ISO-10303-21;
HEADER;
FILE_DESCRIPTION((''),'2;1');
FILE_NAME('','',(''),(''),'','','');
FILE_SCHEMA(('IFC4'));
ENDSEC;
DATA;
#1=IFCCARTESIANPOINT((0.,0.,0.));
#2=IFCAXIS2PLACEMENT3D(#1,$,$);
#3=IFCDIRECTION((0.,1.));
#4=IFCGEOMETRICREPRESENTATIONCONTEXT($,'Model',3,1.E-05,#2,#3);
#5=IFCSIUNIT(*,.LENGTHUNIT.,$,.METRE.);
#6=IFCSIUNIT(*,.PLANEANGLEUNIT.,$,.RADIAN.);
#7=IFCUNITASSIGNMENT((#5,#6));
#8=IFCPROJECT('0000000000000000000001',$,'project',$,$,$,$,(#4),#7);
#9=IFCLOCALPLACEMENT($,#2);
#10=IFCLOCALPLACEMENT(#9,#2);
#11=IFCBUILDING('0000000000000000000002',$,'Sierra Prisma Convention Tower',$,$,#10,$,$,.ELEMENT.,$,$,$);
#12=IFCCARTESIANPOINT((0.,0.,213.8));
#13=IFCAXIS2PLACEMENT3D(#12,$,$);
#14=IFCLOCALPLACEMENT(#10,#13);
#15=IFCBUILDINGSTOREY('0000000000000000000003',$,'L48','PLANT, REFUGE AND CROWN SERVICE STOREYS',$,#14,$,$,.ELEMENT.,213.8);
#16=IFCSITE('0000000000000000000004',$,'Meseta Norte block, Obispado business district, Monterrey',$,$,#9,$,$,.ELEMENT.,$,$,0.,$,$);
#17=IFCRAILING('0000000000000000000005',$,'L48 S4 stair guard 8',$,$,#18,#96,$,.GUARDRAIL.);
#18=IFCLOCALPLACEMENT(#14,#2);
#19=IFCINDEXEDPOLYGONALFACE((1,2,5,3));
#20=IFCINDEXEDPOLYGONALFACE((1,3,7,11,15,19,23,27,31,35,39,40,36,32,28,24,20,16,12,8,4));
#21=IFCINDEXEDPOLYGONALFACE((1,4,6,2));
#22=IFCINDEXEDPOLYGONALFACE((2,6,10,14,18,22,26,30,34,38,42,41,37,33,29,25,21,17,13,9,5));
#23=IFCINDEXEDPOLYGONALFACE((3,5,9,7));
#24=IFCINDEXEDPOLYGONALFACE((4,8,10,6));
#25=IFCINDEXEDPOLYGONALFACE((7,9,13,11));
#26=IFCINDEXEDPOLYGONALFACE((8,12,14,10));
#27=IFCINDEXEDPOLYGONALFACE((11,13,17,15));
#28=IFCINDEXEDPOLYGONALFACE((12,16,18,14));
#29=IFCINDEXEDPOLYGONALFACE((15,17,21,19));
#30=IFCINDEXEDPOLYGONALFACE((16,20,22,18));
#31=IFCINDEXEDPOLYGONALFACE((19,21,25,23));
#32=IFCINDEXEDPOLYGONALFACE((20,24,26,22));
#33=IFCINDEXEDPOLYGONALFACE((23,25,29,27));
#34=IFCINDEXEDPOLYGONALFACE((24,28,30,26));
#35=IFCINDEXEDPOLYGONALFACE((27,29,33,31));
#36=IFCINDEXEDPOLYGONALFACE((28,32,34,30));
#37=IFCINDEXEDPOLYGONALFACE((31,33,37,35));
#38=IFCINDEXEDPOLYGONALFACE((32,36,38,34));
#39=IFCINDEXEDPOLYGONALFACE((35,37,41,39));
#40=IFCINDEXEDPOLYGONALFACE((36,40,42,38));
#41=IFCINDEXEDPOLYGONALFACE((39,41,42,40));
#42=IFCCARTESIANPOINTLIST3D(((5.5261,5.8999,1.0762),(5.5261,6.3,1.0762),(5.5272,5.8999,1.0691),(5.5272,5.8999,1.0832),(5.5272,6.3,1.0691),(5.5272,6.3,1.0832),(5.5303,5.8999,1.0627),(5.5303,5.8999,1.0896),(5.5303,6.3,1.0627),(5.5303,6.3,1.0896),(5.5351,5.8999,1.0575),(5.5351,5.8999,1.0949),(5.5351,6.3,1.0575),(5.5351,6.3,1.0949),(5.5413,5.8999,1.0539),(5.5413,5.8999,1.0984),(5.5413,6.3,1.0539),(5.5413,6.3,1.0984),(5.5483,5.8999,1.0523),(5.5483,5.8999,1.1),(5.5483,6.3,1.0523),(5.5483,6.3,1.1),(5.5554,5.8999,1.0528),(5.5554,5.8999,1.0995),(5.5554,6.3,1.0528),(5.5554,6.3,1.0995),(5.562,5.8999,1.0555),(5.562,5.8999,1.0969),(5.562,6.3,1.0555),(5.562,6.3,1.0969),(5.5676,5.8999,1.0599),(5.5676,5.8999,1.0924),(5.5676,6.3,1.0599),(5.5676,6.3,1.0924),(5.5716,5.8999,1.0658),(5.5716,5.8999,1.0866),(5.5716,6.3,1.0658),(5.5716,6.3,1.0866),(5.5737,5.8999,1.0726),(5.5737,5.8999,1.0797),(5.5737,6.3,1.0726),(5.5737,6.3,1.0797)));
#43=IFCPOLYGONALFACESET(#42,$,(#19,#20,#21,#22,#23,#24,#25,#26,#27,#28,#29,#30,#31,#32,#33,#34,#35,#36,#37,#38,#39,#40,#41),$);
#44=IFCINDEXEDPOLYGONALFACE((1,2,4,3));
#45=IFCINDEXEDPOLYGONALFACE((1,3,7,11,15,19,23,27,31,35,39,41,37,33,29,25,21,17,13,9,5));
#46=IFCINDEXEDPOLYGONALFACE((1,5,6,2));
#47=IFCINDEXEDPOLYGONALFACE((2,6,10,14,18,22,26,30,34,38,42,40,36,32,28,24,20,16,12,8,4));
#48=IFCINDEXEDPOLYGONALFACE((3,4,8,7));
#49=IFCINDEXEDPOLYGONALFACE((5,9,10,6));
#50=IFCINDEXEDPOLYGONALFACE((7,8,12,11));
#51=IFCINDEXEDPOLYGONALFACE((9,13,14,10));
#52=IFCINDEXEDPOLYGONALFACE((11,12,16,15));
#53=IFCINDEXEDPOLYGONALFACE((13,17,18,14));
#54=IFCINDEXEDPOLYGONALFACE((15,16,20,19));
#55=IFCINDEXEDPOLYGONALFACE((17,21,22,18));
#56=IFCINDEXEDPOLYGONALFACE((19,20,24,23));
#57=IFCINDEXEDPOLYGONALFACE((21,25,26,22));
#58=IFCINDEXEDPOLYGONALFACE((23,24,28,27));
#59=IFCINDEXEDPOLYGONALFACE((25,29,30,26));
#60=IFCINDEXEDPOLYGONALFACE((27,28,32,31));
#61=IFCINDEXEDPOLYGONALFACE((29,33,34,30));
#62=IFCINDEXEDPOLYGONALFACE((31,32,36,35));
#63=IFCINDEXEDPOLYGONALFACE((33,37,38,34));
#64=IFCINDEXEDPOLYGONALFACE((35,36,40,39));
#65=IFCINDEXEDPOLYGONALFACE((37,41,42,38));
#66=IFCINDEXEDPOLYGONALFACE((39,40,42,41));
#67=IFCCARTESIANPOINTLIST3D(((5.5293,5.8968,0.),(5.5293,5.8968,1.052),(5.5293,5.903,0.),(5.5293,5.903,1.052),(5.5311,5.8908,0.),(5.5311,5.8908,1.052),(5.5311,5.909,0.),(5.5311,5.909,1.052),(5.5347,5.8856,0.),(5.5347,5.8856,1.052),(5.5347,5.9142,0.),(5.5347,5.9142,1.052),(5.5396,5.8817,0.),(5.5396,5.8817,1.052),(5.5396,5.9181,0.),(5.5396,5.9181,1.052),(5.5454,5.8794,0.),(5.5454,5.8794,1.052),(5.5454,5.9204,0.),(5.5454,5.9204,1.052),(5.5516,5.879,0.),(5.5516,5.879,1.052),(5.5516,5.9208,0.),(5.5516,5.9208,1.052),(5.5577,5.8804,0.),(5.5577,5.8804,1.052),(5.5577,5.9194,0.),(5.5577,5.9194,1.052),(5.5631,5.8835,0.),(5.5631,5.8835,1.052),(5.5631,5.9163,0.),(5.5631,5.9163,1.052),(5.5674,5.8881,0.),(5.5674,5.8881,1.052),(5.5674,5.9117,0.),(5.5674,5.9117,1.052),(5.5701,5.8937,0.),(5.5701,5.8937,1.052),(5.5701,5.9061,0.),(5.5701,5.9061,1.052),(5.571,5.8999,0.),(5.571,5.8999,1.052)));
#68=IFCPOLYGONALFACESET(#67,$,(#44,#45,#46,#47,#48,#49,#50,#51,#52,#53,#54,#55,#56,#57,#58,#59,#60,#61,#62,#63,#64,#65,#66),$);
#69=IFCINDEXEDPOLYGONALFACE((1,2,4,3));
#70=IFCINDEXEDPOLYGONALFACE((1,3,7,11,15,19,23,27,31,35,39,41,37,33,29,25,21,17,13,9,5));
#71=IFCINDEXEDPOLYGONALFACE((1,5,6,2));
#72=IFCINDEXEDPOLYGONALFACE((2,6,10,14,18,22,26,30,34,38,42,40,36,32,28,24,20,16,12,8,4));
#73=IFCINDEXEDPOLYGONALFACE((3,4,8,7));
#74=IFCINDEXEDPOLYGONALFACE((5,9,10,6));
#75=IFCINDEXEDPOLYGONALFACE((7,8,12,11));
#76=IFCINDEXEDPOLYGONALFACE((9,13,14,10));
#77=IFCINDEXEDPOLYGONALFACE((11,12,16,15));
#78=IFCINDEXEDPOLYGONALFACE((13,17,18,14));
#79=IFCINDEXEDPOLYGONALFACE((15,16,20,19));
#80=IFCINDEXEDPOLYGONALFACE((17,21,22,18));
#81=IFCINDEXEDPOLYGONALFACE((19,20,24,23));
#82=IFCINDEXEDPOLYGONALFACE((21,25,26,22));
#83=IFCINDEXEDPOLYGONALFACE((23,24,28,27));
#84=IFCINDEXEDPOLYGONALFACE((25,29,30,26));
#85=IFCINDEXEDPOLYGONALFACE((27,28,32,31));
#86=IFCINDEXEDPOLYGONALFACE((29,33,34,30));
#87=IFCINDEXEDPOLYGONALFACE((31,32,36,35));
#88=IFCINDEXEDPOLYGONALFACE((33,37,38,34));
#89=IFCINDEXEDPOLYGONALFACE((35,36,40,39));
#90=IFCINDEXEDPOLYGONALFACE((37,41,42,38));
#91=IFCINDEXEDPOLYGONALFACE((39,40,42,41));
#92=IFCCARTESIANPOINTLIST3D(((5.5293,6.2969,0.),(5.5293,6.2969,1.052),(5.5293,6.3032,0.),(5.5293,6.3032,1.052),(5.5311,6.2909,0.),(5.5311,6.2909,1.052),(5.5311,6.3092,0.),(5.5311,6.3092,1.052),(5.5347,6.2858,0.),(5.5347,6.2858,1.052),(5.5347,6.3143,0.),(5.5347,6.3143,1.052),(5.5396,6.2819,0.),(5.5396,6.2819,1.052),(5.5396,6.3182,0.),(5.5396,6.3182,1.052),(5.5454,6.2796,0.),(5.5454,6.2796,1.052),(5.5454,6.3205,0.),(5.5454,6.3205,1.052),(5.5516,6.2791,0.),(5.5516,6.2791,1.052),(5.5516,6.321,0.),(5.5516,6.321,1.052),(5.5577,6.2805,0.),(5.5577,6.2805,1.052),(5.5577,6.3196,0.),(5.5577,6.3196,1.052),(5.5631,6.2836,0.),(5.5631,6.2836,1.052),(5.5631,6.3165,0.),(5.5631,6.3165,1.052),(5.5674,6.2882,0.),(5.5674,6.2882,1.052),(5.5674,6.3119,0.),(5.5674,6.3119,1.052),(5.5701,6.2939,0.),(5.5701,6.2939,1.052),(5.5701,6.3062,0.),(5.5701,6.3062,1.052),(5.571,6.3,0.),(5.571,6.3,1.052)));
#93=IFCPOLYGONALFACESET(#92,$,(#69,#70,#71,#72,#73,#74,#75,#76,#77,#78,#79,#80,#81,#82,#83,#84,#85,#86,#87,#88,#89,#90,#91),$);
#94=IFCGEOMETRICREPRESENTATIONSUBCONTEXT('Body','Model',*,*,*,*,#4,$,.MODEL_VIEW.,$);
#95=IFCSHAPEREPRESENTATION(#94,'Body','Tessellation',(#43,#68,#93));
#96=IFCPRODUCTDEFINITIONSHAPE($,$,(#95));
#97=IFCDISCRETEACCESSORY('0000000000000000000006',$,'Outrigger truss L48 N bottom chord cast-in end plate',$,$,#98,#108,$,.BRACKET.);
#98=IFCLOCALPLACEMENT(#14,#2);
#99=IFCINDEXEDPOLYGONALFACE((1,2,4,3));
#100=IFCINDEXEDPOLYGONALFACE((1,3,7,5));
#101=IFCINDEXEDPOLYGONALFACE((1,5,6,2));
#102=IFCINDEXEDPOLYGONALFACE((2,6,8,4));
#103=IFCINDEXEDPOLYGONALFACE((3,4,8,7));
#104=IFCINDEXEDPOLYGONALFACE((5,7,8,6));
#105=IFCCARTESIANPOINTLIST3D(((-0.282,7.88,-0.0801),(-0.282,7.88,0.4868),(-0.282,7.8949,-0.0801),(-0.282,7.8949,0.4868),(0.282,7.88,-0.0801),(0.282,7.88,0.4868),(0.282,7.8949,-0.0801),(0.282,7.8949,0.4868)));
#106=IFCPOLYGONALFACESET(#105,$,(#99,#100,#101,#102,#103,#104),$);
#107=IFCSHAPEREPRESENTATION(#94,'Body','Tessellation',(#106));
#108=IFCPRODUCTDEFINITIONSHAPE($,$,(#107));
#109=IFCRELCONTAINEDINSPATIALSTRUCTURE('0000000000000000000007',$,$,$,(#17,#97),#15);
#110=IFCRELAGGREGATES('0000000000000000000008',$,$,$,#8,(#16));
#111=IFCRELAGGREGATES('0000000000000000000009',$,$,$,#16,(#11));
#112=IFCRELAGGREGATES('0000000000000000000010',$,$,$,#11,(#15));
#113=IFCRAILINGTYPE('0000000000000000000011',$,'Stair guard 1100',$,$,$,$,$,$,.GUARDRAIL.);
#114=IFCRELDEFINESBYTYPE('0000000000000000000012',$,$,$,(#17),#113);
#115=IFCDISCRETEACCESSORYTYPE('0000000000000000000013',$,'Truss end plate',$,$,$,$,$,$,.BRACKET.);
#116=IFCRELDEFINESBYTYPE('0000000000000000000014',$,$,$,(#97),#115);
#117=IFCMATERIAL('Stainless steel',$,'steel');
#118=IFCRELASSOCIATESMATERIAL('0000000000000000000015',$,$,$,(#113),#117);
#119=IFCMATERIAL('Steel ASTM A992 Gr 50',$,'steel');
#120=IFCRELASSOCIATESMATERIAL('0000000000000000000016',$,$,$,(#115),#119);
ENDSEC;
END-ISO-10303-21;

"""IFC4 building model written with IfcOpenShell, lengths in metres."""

from ifc_helpers import new_model, si_unit, direction, frame, origin, origin_2d, place, context, subcontext, project, spatial, rectangle, circle, extrude, material, type_object, element, save


model = new_model("IFC4")

# Units and contexts
model_context = context("Model", 3, precision=1e-05, world=origin(), true_north=direction((0.0, 1.0)))
body_context = subcontext(model_context, "Body", "Model", "MODEL_VIEW")
ifc_project = project(units=[si_unit("LENGTHUNIT", "METRE"), si_unit("PLANEANGLEUNIT", "RADIAN")], contexts=[model_context])

# Site, building, storey
site_placement = place(None, origin())
site = spatial("IfcSite", under=ifc_project, at=site_placement, Name="Meseta Norte block, Obispado business district, Monterrey", CompositionType="ELEMENT", RefElevation=0.0)
building_placement = place(site_placement, origin())
building = spatial("IfcBuilding", under=site, at=building_placement, Name="Sierra Prisma Convention Tower", CompositionType="ELEMENT")
storey_placement = place(building_placement, frame((0.0, 0.0, 213.8)))
storey = spatial("IfcBuildingStorey", under=building, at=storey_placement, Name="L48", Description="PLANT, REFUGE AND CROWN SERVICE STOREYS", CompositionType="ELEMENT", Elevation=213.8)

# Railing
ifc_material_1 = material(Name="Stainless steel", Category="steel")
railing_type_1 = type_object("IfcRailingType", Name="Stair guard 1100", PredefinedType="GUARDRAIL", material=ifc_material_1)
railing_1_placement = place(storey_placement, frame((5.55, 5.8999, 0.0)))
element("IfcRailing", 1, at=railing_1_placement, inside=storey, type_object=railing_type_1, Name="L48 S4 stair guard 8", PredefinedType="GUARDRAIL", context=body_context, shape_type="SweptSolid", body=[
    extrude(circle(Radius=0.0239, at=origin_2d()), frame((0.0, 0.0, 1.0762), z_axis=(0.0, 1.0, 0.0), x_axis=(-1.0, 0.0, 0.0)), (0.0, 0.0, 1.0), 0.4001),
    extrude(circle(Radius=0.021, at=origin_2d()), origin(), (0.0, 0.0, 1.0), 1.052),
    extrude(circle(Radius=0.021, at=origin_2d()), frame((0.0, 0.4001, 0.0)), (0.0, 0.0, 1.0), 1.052),
])

# Discrete accessory
ifc_material_2 = material(Name="Steel ASTM A992 Gr 50", Category="steel")
discrete_accessory_type = type_object("IfcDiscreteAccessoryType", Name="Truss end plate", PredefinedType="BRACKET", material=ifc_material_2)
discrete_accessory_placement = place(storey_placement, frame((0.0, 7.8875, -0.0801), z_axis=(0.0, 0.0, 1.0), x_axis=(0.0, -1.0, 0.0)))
element("IfcDiscreteAccessory", 2, at=discrete_accessory_placement, inside=storey, type_object=discrete_accessory_type, Name="Outrigger truss L48 N bottom chord cast-in end plate", PredefinedType="BRACKET", context=body_context, shape_type="SweptSolid", body=[
    extrude(rectangle(XDim=0.0149, YDim=0.564, at=origin_2d()), origin(), (0.0, 0.0, 1.0), 0.5669),
])

save(model, "model.ifc")
